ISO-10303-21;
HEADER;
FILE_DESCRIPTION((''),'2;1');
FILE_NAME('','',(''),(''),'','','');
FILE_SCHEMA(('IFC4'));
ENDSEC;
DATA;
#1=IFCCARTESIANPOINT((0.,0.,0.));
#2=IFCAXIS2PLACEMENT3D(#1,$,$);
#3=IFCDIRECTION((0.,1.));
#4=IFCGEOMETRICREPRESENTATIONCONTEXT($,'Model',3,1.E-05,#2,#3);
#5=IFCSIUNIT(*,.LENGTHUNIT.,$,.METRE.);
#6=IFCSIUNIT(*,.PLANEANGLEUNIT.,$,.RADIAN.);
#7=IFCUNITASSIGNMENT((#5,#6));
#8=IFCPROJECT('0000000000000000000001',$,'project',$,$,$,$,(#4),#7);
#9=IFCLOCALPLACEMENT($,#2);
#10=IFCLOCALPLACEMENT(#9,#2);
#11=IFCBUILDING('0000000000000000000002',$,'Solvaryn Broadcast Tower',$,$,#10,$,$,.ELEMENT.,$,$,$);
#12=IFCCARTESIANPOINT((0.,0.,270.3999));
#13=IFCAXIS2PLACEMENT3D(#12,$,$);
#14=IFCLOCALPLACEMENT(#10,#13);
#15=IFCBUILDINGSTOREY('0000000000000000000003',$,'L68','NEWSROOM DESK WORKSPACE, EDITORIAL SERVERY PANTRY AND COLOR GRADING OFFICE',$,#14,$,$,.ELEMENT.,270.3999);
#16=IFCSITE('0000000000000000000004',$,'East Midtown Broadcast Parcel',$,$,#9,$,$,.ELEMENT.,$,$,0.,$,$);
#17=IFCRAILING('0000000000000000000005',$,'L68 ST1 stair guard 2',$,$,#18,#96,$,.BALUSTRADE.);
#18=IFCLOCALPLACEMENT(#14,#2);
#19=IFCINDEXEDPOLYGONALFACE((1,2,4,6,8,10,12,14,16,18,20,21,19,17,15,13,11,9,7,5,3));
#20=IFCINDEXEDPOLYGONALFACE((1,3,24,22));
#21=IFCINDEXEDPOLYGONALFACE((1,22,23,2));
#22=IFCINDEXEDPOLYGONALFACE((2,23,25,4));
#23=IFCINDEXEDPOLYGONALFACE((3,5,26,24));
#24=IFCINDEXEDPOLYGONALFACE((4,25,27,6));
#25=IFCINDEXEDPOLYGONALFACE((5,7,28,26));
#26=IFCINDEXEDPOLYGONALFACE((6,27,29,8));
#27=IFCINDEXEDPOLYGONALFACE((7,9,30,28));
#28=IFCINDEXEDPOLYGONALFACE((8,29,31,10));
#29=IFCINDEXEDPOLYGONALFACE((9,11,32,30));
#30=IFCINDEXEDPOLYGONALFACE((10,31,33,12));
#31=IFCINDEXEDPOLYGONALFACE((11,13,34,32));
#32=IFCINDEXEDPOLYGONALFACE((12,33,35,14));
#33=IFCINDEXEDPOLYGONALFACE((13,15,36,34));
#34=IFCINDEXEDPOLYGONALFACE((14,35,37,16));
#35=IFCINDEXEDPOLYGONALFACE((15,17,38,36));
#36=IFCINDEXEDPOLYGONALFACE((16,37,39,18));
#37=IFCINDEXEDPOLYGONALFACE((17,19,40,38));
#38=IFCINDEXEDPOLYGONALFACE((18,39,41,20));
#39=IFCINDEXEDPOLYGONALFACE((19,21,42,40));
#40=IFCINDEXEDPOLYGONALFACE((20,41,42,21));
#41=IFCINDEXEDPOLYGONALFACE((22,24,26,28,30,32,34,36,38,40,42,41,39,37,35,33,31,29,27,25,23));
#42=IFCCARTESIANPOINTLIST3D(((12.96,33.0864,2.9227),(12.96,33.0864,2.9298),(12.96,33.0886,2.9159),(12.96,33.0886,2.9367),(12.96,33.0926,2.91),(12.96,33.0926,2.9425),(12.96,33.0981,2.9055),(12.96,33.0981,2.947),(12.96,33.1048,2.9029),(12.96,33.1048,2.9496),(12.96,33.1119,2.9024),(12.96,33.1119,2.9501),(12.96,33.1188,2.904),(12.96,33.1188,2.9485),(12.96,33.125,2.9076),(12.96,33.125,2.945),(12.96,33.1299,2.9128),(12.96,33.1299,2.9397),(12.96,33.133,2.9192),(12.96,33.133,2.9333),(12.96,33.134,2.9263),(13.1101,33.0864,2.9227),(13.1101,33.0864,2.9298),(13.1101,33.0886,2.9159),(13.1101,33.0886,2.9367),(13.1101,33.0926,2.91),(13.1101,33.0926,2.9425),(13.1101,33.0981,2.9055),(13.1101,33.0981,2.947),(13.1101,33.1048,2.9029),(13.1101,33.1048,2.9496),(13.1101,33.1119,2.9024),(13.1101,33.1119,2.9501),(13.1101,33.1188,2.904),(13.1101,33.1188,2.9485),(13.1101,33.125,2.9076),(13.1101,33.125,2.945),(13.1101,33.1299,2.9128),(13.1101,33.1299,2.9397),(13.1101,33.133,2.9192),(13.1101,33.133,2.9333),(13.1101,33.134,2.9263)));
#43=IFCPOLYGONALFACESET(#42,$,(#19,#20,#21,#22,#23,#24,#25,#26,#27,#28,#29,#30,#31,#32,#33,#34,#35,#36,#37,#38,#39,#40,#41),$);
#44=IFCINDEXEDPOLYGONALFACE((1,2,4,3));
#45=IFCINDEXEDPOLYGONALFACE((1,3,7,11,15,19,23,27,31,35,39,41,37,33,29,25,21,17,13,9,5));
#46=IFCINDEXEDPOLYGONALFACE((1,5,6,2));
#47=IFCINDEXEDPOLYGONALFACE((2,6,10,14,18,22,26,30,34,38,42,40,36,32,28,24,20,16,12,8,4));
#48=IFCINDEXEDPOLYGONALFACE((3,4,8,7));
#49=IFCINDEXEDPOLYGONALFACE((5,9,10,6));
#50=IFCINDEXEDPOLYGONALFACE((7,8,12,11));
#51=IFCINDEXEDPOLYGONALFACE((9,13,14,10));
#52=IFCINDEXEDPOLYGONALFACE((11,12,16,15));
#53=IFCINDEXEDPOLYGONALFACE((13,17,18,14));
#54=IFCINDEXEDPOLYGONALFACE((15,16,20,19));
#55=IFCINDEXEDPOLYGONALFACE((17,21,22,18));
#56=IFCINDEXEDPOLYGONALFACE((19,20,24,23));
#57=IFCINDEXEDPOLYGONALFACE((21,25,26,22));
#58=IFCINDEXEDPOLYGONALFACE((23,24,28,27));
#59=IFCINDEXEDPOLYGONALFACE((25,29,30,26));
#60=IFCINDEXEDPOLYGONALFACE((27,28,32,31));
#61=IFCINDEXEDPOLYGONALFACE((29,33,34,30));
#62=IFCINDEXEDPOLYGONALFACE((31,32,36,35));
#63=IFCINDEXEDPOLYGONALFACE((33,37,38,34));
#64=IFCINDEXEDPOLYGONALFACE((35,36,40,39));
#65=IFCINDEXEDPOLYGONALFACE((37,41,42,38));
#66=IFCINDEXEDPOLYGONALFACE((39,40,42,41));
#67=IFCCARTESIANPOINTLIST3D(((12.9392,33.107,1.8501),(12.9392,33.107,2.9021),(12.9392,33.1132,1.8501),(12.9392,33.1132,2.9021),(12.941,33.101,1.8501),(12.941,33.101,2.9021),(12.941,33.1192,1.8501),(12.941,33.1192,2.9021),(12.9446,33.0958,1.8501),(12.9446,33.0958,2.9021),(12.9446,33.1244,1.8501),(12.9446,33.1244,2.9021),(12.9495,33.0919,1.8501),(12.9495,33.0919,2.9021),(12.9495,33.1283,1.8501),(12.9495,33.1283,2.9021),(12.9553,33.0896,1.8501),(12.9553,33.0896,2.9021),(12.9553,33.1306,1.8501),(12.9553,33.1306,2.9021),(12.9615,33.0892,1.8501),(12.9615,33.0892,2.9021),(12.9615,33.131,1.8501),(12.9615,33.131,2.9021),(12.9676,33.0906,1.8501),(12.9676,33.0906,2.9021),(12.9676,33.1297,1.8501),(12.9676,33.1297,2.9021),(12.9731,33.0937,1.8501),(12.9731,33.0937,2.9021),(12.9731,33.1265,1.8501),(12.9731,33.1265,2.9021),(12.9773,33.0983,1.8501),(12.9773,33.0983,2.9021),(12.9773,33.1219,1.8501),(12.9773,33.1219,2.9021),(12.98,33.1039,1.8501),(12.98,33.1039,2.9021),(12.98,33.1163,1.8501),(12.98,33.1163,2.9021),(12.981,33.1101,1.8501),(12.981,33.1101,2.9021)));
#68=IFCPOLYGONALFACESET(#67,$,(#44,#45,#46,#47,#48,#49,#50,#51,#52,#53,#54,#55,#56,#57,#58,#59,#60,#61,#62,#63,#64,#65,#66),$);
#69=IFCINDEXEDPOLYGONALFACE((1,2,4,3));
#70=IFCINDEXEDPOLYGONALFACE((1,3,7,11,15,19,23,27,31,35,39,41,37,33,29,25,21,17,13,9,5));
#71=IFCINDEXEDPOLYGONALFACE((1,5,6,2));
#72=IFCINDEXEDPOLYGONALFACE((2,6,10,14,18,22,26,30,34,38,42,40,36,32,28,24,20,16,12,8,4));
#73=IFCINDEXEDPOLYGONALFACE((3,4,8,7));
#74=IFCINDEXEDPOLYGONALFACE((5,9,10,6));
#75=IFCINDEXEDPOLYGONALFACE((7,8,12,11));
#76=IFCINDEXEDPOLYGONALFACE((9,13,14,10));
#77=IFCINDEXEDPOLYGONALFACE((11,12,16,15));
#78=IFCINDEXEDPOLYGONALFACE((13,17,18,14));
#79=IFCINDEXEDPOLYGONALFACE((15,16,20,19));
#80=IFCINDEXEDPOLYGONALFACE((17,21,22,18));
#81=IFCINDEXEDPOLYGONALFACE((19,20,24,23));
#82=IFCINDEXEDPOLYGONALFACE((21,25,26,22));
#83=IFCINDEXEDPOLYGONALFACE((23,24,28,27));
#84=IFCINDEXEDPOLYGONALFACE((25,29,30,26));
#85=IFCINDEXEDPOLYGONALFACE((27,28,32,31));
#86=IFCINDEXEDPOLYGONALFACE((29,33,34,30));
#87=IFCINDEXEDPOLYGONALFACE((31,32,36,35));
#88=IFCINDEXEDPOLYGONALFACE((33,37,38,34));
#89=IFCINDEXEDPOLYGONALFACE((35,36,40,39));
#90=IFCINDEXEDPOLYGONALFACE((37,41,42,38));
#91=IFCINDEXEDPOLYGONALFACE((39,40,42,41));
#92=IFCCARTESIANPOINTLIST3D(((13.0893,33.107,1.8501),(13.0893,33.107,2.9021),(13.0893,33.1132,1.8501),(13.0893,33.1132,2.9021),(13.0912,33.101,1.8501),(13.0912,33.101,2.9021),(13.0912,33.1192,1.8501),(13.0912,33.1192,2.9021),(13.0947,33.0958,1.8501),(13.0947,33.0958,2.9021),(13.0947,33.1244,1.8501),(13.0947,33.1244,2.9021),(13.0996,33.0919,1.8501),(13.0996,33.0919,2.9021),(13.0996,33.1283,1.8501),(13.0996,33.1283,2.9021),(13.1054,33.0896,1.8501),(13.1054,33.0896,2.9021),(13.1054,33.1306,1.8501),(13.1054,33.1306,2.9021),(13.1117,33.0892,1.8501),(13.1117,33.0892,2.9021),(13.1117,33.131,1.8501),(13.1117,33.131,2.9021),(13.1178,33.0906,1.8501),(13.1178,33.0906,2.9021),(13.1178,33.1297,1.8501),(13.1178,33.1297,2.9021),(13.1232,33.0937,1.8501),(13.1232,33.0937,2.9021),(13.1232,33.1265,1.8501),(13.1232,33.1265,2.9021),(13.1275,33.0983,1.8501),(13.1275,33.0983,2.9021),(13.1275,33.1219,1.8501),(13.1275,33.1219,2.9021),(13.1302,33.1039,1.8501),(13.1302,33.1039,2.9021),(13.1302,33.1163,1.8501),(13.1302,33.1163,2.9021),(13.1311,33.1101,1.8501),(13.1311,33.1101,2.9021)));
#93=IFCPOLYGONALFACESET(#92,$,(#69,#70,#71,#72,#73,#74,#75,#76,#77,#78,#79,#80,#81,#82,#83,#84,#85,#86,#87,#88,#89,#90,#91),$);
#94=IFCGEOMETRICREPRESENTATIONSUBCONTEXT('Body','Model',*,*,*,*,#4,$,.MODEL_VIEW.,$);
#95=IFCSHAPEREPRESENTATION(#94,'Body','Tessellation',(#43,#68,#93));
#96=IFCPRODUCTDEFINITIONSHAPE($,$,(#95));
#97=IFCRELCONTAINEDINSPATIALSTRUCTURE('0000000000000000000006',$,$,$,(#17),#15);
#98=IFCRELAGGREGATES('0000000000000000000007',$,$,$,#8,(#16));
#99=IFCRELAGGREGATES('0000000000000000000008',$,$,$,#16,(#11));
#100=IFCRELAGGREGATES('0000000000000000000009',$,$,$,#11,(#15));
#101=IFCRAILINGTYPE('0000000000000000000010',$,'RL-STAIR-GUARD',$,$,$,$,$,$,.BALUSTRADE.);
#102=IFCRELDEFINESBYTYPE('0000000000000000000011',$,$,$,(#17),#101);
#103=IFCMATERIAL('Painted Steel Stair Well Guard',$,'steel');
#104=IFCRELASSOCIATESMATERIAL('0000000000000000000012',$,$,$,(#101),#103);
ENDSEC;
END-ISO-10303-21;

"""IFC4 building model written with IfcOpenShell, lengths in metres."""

from ifc_helpers import new_model, si_unit, direction, frame, origin, origin_2d, place, context, subcontext, project, spatial, circle, extrude, material, type_object, element, save


model = new_model("IFC4")

# Units and contexts
model_context = context("Model", 3, precision=1e-05, world=origin(), true_north=direction((0.0, 1.0)))
body_context = subcontext(model_context, "Body", "Model", "MODEL_VIEW")
ifc_project = project(units=[si_unit("LENGTHUNIT", "METRE"), si_unit("PLANEANGLEUNIT", "RADIAN")], contexts=[model_context])

# Site, building, storey
site_placement = place(None, origin())
site = spatial("IfcSite", under=ifc_project, at=site_placement, Name="East Midtown Broadcast Parcel", CompositionType="ELEMENT", RefElevation=0.0)
building_placement = place(site_placement, origin())
building = spatial("IfcBuilding", under=site, at=building_placement, Name="Solvaryn Broadcast Tower", CompositionType="ELEMENT")
storey_placement = place(building_placement, frame((0.0, 0.0, 270.3999)))
storey = spatial("IfcBuildingStorey", under=building, at=storey_placement, Name="L68", Description="NEWSROOM DESK WORKSPACE, EDITORIAL SERVERY PANTRY AND COLOR GRADING OFFICE", CompositionType="ELEMENT", Elevation=270.3999)

# Railing
ifc_material_1 = material(Name="Painted Steel Stair Well Guard", Category="steel")
railing_type_1 = type_object("IfcRailingType", Name="RL-STAIR-GUARD", PredefinedType="BALUSTRADE", material=ifc_material_1)
railing_1_placement = place(storey_placement, frame((12.96, 33.1101, 1.8501)))
element("IfcRailing", 1, at=railing_1_placement, inside=storey, type_object=railing_type_1, Name="L68 ST1 stair guard 2", PredefinedType="BALUSTRADE", context=body_context, shape_type="SweptSolid", body=[
    extrude(circle(Radius=0.0239, at=origin_2d()), frame((0.0, 0.0, 1.0762), z_axis=(1.0, 0.0, 0.0), x_axis=(0.0, 1.0, 0.0)), (0.0, 0.0, 1.0), 0.1501),
    extrude(circle(Radius=0.021, at=origin_2d()), origin(), (0.0, 0.0, 1.0), 1.052),
    extrude(circle(Radius=0.021, at=origin_2d()), frame((0.1501, 0.0, 0.0)), (0.0, 0.0, 1.0), 1.052),
])

save(model, "model.ifc")
